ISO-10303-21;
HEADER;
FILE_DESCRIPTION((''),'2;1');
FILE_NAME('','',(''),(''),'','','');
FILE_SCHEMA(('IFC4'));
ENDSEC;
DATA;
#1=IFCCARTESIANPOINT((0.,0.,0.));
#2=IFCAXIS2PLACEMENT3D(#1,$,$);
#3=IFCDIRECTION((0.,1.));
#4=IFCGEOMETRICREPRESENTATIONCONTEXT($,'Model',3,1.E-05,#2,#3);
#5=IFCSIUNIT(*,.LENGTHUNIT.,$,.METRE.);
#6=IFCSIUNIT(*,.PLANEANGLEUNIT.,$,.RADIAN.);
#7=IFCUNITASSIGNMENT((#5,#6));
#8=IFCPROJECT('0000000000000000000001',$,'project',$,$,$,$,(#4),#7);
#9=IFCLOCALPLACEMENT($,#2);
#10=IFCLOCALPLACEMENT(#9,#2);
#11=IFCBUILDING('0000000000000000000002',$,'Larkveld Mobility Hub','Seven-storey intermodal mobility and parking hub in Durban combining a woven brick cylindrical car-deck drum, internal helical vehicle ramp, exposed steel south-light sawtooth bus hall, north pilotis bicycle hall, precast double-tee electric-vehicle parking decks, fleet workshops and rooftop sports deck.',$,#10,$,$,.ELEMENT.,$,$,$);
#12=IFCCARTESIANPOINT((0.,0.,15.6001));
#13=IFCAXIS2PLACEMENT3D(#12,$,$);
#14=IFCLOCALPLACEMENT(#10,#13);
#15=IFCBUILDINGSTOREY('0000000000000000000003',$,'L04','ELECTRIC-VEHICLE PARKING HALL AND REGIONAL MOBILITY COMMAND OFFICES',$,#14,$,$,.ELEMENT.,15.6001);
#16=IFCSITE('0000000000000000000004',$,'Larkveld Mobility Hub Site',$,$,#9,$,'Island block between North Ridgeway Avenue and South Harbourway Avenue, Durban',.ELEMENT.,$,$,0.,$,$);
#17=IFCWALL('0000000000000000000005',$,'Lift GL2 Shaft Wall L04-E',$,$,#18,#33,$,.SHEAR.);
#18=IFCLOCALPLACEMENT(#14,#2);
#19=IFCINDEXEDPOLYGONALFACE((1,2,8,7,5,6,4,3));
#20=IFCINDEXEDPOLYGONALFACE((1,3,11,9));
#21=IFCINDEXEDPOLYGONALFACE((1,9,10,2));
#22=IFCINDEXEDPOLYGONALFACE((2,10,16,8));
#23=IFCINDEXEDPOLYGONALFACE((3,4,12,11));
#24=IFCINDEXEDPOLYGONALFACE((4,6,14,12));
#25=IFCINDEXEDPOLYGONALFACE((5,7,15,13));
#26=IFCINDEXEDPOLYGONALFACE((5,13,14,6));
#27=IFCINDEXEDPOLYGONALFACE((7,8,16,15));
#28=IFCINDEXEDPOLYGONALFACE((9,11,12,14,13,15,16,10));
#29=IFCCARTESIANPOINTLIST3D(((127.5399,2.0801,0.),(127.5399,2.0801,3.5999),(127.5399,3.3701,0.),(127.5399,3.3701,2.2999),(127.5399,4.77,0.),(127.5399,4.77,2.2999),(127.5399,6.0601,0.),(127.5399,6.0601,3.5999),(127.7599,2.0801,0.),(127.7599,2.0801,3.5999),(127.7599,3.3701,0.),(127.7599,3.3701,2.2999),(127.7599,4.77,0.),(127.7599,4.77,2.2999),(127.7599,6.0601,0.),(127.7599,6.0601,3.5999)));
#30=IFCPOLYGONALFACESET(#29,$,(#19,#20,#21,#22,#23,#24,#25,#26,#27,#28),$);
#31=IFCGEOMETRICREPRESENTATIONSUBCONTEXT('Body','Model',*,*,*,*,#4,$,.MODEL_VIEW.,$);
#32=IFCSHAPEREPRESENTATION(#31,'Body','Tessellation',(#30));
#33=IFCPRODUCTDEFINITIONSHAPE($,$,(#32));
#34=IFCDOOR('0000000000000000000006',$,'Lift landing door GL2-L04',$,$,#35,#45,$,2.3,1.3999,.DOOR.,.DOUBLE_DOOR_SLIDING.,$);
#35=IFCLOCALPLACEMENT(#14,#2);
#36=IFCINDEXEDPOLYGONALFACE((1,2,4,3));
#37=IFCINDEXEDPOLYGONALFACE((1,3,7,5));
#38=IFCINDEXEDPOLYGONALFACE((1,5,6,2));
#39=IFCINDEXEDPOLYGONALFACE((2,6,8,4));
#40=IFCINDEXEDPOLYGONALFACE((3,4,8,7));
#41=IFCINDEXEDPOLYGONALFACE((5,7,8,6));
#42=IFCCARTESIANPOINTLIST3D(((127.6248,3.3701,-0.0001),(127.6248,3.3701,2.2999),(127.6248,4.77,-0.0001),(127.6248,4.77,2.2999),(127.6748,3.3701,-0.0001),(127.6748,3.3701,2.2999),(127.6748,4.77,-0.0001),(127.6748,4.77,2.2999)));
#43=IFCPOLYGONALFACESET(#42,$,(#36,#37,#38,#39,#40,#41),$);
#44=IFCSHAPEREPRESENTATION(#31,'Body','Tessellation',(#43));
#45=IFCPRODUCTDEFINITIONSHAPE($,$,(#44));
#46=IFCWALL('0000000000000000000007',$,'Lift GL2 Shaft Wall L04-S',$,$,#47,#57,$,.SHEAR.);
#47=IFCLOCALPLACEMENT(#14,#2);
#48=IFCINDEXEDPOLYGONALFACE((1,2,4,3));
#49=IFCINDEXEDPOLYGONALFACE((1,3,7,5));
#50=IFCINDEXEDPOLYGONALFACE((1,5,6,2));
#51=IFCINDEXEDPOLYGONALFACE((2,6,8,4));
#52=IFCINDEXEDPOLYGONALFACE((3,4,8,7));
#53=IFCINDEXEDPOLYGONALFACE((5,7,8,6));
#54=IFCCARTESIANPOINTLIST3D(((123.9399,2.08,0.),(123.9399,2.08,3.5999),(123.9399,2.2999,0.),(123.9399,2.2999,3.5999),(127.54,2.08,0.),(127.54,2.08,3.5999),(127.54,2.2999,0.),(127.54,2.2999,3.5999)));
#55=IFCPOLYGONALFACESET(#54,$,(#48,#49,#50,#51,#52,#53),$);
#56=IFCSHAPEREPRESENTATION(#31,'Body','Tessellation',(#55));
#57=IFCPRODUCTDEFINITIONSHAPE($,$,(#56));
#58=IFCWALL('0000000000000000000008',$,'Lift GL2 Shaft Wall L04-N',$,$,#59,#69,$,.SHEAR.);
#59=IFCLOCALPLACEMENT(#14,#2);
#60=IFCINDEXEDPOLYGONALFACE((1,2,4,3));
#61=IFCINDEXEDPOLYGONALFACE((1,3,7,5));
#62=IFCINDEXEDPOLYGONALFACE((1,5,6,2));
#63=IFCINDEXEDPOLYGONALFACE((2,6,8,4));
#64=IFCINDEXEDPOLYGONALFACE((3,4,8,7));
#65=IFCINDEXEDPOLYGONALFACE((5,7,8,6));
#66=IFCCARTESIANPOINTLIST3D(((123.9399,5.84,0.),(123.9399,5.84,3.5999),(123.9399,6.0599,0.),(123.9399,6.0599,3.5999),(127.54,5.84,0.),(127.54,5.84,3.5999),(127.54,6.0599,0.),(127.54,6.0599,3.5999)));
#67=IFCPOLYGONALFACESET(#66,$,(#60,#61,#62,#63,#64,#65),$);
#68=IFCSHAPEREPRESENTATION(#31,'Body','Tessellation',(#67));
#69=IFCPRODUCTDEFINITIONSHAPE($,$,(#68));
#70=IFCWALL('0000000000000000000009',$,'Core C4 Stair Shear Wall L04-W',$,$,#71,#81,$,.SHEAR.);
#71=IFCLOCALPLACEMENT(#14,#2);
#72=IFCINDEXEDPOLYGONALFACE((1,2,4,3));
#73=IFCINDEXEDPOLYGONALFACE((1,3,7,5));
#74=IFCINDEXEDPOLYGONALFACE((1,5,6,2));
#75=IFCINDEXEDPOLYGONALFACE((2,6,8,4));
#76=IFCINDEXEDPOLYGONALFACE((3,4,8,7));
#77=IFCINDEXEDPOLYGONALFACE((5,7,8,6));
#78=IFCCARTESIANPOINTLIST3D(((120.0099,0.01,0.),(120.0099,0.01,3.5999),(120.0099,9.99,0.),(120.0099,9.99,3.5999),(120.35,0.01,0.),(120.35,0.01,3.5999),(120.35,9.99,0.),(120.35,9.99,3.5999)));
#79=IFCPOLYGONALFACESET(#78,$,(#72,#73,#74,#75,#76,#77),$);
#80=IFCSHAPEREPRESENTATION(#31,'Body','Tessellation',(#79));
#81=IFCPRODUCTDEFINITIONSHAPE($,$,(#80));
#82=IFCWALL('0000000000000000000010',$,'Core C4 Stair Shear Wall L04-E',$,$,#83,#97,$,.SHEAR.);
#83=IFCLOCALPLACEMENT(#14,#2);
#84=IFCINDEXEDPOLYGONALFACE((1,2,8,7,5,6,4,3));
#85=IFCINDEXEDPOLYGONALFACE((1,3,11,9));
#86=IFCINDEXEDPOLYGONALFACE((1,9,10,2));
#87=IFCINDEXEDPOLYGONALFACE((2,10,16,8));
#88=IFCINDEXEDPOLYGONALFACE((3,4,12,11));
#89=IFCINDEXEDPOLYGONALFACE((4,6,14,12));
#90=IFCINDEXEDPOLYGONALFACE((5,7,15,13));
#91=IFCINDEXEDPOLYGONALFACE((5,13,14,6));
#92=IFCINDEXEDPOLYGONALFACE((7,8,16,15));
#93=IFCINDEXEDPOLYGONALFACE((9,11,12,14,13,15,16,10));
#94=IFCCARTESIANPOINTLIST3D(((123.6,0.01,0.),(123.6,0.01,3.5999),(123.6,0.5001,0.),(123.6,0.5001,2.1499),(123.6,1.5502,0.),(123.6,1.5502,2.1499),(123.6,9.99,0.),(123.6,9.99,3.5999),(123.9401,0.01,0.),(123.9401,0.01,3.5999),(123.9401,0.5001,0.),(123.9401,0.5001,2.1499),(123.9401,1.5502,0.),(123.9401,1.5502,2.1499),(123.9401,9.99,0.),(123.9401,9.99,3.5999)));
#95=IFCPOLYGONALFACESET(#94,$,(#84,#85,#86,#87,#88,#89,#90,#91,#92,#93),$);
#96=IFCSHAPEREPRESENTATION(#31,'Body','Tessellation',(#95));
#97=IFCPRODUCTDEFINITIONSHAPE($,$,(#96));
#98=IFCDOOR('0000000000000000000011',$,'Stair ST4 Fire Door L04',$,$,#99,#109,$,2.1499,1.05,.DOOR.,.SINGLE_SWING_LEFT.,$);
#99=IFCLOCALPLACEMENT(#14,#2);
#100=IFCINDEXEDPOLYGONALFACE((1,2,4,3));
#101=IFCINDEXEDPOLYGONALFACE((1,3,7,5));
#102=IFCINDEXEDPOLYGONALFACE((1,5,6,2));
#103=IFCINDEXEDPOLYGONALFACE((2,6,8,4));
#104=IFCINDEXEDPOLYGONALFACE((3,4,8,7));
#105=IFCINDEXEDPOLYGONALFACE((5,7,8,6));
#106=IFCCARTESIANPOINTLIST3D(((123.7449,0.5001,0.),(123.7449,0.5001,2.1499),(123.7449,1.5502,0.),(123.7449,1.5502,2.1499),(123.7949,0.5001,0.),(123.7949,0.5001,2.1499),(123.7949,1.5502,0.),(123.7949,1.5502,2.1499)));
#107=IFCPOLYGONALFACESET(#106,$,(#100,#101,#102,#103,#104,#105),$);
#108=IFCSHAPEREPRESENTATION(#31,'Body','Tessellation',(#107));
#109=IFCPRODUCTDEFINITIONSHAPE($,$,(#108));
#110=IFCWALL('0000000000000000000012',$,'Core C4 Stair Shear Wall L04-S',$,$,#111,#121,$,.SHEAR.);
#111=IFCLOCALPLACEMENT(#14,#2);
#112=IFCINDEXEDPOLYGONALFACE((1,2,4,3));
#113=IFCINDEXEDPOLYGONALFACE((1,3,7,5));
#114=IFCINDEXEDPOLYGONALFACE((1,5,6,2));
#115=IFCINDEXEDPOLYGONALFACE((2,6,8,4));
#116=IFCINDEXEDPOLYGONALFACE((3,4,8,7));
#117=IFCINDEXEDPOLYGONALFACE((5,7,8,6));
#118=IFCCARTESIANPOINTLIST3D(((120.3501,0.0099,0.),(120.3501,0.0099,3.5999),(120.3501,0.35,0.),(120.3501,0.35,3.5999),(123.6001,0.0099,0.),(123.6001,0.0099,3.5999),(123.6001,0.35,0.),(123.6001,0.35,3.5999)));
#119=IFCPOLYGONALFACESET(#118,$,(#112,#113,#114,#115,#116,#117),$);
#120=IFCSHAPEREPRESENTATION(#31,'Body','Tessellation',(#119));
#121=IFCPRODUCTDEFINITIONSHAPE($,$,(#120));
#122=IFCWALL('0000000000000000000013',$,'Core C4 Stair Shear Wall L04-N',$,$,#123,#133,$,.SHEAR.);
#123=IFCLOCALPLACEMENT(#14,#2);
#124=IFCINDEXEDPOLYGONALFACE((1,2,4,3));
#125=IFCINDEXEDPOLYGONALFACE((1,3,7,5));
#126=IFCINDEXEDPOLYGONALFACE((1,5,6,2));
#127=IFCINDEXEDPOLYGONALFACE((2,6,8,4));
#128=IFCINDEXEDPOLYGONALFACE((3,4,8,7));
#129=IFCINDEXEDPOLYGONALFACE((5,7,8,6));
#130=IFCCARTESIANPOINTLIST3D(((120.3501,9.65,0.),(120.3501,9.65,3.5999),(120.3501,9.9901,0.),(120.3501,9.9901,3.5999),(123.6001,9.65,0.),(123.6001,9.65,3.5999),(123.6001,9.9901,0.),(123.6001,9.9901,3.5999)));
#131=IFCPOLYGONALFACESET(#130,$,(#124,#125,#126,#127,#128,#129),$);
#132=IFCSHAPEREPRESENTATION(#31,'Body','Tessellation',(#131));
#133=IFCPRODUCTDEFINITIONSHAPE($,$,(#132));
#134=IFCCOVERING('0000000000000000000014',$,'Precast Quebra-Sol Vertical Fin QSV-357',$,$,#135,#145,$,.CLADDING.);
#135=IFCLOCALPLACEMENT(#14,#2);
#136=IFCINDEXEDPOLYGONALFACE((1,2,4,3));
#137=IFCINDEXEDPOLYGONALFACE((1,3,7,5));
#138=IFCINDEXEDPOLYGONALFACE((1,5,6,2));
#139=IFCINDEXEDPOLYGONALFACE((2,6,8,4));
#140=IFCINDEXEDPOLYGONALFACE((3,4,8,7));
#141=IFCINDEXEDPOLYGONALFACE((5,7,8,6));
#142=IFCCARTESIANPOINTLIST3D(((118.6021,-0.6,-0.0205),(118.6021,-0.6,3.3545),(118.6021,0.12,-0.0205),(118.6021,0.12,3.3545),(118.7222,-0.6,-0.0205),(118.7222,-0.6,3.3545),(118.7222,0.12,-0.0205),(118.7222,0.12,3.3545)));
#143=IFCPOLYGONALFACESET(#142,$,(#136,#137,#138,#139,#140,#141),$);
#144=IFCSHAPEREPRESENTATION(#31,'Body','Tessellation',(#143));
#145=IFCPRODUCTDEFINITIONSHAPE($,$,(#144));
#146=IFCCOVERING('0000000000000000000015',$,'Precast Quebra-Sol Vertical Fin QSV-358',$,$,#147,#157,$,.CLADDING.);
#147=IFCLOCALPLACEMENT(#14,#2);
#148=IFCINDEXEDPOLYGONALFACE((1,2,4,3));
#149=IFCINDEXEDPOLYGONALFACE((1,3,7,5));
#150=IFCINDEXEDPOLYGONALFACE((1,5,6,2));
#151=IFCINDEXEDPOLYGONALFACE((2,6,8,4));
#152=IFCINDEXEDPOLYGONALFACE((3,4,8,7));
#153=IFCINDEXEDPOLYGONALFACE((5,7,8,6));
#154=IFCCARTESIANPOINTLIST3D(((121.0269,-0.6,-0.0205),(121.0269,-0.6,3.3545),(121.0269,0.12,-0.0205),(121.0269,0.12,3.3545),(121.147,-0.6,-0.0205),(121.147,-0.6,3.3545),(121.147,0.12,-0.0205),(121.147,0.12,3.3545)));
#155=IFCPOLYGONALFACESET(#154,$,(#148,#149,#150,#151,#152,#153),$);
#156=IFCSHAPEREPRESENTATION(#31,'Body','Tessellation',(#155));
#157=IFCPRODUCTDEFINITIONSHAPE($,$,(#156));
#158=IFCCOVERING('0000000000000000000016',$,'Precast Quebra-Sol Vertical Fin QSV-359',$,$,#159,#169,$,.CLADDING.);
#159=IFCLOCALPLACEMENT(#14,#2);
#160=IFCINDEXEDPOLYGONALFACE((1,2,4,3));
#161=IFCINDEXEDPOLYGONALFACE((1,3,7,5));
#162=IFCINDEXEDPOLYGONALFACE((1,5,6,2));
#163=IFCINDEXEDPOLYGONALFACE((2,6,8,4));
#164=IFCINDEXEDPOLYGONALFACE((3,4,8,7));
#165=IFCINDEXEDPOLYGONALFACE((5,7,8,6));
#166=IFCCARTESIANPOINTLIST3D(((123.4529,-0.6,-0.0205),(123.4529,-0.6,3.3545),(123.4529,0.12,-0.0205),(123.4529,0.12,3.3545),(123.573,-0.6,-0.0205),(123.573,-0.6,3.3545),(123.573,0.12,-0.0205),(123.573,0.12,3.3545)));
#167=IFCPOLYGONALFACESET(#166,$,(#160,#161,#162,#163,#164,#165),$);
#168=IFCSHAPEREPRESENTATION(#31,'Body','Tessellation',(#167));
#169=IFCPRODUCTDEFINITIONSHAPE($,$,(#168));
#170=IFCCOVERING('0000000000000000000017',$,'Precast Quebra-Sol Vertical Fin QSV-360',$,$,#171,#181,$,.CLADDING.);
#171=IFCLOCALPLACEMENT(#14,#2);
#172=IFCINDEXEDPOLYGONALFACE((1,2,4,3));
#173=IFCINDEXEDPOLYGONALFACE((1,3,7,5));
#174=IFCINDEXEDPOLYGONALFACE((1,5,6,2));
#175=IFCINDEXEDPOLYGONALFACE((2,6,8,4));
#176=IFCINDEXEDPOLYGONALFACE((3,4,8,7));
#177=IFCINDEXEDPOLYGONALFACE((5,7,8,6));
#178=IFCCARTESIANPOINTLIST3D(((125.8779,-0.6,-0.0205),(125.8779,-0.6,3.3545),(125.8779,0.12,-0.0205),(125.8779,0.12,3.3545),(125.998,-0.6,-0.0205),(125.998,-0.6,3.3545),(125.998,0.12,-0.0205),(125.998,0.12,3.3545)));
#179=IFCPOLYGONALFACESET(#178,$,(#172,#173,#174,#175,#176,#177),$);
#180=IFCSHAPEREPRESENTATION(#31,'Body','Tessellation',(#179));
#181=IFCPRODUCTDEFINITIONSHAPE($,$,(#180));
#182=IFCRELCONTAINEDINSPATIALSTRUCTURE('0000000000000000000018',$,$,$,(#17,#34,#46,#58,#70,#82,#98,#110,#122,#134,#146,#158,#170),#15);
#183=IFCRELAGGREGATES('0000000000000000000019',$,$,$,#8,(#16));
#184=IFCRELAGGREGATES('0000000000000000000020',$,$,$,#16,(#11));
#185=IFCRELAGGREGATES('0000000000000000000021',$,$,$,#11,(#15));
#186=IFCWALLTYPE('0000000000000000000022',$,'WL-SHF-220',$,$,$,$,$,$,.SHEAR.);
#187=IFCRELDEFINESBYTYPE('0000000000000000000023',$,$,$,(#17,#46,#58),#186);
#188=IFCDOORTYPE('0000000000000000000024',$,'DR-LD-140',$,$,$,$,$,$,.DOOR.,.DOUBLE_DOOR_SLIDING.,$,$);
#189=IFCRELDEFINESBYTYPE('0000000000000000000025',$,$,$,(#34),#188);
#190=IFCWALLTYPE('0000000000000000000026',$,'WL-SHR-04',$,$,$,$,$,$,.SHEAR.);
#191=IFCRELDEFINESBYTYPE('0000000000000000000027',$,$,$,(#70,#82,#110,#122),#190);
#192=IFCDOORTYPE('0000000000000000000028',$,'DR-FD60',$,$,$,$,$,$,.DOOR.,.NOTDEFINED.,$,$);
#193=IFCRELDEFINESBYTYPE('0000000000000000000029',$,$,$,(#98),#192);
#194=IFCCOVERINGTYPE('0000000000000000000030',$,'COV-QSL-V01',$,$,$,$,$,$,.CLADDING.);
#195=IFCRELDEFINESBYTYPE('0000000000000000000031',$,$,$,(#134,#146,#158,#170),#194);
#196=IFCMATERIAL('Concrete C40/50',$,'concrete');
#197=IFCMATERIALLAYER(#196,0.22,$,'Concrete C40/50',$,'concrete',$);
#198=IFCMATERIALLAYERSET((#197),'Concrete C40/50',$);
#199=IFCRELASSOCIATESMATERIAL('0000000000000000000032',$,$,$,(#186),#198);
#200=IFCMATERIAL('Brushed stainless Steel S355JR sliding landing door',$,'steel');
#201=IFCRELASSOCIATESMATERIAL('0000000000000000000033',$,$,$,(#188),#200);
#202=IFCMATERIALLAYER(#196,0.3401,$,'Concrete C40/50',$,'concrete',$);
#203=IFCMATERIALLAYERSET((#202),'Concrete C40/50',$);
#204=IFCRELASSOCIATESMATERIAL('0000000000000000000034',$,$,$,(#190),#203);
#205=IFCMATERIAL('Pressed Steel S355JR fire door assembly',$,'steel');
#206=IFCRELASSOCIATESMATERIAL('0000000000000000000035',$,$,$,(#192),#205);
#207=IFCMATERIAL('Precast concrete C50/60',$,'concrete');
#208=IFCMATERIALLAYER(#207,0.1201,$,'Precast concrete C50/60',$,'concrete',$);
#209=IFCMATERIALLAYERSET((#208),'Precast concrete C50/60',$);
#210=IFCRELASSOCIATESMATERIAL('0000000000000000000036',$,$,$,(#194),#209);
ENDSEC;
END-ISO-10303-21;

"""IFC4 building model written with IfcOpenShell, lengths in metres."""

from ifc_helpers import new_model, si_unit, direction, frame, frame_2d, origin, origin_2d, place, context, subcontext, project, spatial, rectangle, extrude, material, layer, layer_set, type_object, element, fill, save


model = new_model("IFC4")

# Units and contexts
model_context = context("Model", 3, precision=1e-05, world=origin(), true_north=direction((0.0, 1.0)))
body_context = subcontext(model_context, "Body", "Model", "MODEL_VIEW")
ifc_project = project(units=[si_unit("LENGTHUNIT", "METRE"), si_unit("PLANEANGLEUNIT", "RADIAN")], contexts=[model_context])

# Site, building, storey
site_placement = place(None, origin())
site = spatial("IfcSite", under=ifc_project, at=site_placement, Name="Larkveld Mobility Hub Site", LongName="Island block between North Ridgeway Avenue and South Harbourway Avenue, Durban", CompositionType="ELEMENT", RefElevation=0.0)
building_placement = place(site_placement, origin())
building = spatial("IfcBuilding", under=site, at=building_placement, Name="Larkveld Mobility Hub", Description="Seven-storey intermodal mobility and parking hub in Durban combining a woven brick cylindrical car-deck drum, internal helical vehicle ramp, exposed steel south-light sawtooth bus hall, north pilotis bicycle hall, precast double-tee electric-vehicle parking decks, fleet workshops and rooftop sports deck.", CompositionType="ELEMENT")
storey_placement = place(building_placement, frame((0.0, 0.0, 15.6001)))
storey = spatial("IfcBuildingStorey", under=building, at=storey_placement, Name="L04", Description="ELECTRIC-VEHICLE PARKING HALL AND REGIONAL MOBILITY COMMAND OFFICES", CompositionType="ELEMENT", Elevation=15.6001)

# Shared definitions
ifc_material_1 = material(Name="Concrete C40/50", Category="concrete")

# Shared definitions
ifc_material_2 = material(Name="Precast concrete C50/60", Category="concrete")

# Shared definitions
ifc_layer_1 = layer(ifc_material_1, 0.22, Name="Concrete C40/50", Category="concrete")
ifc_layer_set_1 = layer_set([ifc_layer_1], Name="Concrete C40/50")
wall_type_1 = type_object("IfcWallType", Name="WL-SHF-220", PredefinedType="SHEAR", material=ifc_layer_set_1)

# Wall, opening, door
wall_1_placement = place(storey_placement, frame((127.6499, 6.0601, 0.0), z_axis=(0.0, 0.0, 1.0), x_axis=(0.0, -1.0, 0.0)))
wall_1 = element("IfcWall", 1, at=wall_1_placement, inside=storey, type_object=wall_type_1, Name="Lift GL2 Shaft Wall L04-E", PredefinedType="SHEAR", context=body_context, shape_type="SweptSolid", body=[
    extrude(rectangle(XDim=3.98, YDim=0.22, at=frame_2d((1.99, 0.0))), origin(), (0.0, 0.0, 1.0), 3.5999),
])
opening_1_placement = place(wall_1_placement, frame((1.29, 0.0, 0.0)))
opening_1 = element("IfcOpeningElement", 2, at=opening_1_placement, cuts=wall_1, PredefinedType="OPENING", context=body_context, shape_type="SweptSolid", body=[
    extrude(rectangle(XDim=1.3999, YDim=2.3, at=frame_2d((0.7, 1.1499))), frame((0.0, 0.1201, 0.0), z_axis=(0.0, -1.0, 0.0), x_axis=(1.0, 0.0, 0.0)), (0.0, 0.0, 1.0), 0.24),
])
ifc_material_3 = material(Name="Brushed stainless Steel S355JR sliding landing door", Category="steel")
door_type_1 = type_object("IfcDoorType", Name="DR-LD-140", OperationType="DOUBLE_DOOR_SLIDING", PredefinedType="DOOR", material=ifc_material_3)
door_1_placement = place(opening_1_placement, origin())
door_1 = element("IfcDoor", 3, at=door_1_placement, inside=storey, type_object=door_type_1, Name="Lift landing door GL2-L04", OperationType="DOUBLE_DOOR_SLIDING", OverallHeight=2.3, OverallWidth=1.3999, PredefinedType="DOOR", context=body_context, shape_type="SweptSolid", body=[
    extrude(rectangle(XDim=1.3999, YDim=2.3, at=frame_2d((0.7, 1.1499))), frame((0.0, 0.0249, 0.0), z_axis=(0.0, -1.0, 0.0), x_axis=(1.0, 0.0, 0.0)), (0.0, 0.0, 1.0), 0.05),
])
fill(opening_1, door_1)

# Walls
for number, where, z_axis, x_axis, name in (
    (4, (127.54, 2.1899, 0.0), (0.0, 0.0, 1.0), (-1.0, 0.0, 0.0), "Lift GL2 Shaft Wall L04-S"),
    (5, (123.9399, 5.95, 0.0), (0.0, 0.0, 1.0), (1.0, 0.0, 0.0), "Lift GL2 Shaft Wall L04-N"),
):
    element("IfcWall", number, at=place(storey_placement, frame(where, z_axis=z_axis, x_axis=x_axis)), inside=storey, type_object=wall_type_1, Name=name, PredefinedType="SHEAR", context=body_context, shape_type="SweptSolid", body=[
        extrude(rectangle(XDim=3.6001, YDim=0.22, at=frame_2d((1.8, 0.0))), origin(), (0.0, 0.0, 1.0), 3.5999),
    ])
ifc_layer_2 = layer(ifc_material_1, 0.3401, Name="Concrete C40/50", Category="concrete")
ifc_layer_set_2 = layer_set([ifc_layer_2], Name="Concrete C40/50")
wall_type_2 = type_object("IfcWallType", Name="WL-SHR-04", PredefinedType="SHEAR", material=ifc_layer_set_2)
wall_2_placement = place(storey_placement, frame((120.1799, 0.01, 0.0), z_axis=(0.0, 0.0, 1.0), x_axis=(0.0, 1.0, 0.0)))
element("IfcWall", 6, at=wall_2_placement, inside=storey, type_object=wall_type_2, Name="Core C4 Stair Shear Wall L04-W", PredefinedType="SHEAR", context=body_context, shape_type="SweptSolid", body=[
    extrude(rectangle(XDim=9.98, YDim=0.3401, at=frame_2d((4.99, 0.0))), origin(), (0.0, 0.0, 1.0), 3.5999),
])

# Wall, opening, door
wall_3_placement = place(storey_placement, frame((123.77, 9.99, 0.0), z_axis=(0.0, 0.0, 1.0), x_axis=(0.0, -1.0, 0.0)))
wall_3 = element("IfcWall", 7, at=wall_3_placement, inside=storey, type_object=wall_type_2, Name="Core C4 Stair Shear Wall L04-E", PredefinedType="SHEAR", context=body_context, shape_type="SweptSolid", body=[
    extrude(rectangle(XDim=9.98, YDim=0.3401, at=frame_2d((4.99, 0.0))), origin(), (0.0, 0.0, 1.0), 3.5999),
])
opening_2_placement = place(wall_3_placement, frame((8.4399, 0.0, 0.0)))
opening_2 = element("IfcOpeningElement", 8, at=opening_2_placement, cuts=wall_3, PredefinedType="OPENING", context=body_context, shape_type="SweptSolid", body=[
    extrude(rectangle(XDim=1.05, YDim=2.1499, at=frame_2d((0.5249, 1.075))), frame((0.0, 0.1802, 0.0), z_axis=(0.0, -1.0, 0.0), x_axis=(1.0, 0.0, 0.0)), (0.0, 0.0, 1.0), 0.3601),
])
ifc_material_4 = material(Name="Pressed Steel S355JR fire door assembly", Category="steel")
door_type_2 = type_object("IfcDoorType", Name="DR-FD60", OperationType="NOTDEFINED", PredefinedType="DOOR", material=ifc_material_4)
door_2_placement = place(opening_2_placement, origin())
door_2 = element("IfcDoor", 9, at=door_2_placement, inside=storey, type_object=door_type_2, Name="Stair ST4 Fire Door L04", OperationType="SINGLE_SWING_LEFT", OverallHeight=2.1499, OverallWidth=1.05, PredefinedType="DOOR", context=body_context, shape_type="SweptSolid", body=[
    extrude(rectangle(XDim=1.05, YDim=2.1499, at=frame_2d((0.5249, 1.075))), frame((0.0, 0.0249, 0.0), z_axis=(0.0, -1.0, 0.0), x_axis=(1.0, 0.0, 0.0)), (0.0, 0.0, 1.0), 0.05),
])
fill(opening_2, door_2)

# Walls
for number, where, z_axis, x_axis, name in (
    (10, (123.6001, 0.1799, 0.0), (0.0, 0.0, 1.0), (-1.0, 0.0, 0.0), "Core C4 Stair Shear Wall L04-S"),
    (11, (120.3501, 9.8201, 0.0), (0.0, 0.0, 1.0), (1.0, 0.0, 0.0), "Core C4 Stair Shear Wall L04-N"),
):
    element("IfcWall", number, at=place(storey_placement, frame(where, z_axis=z_axis, x_axis=x_axis)), inside=storey, type_object=wall_type_2, Name=name, PredefinedType="SHEAR", context=body_context, shape_type="SweptSolid", body=[
        extrude(rectangle(XDim=3.25, YDim=0.3401, at=frame_2d((1.625, 0.0))), origin(), (0.0, 0.0, 1.0), 3.5999),
    ])

# Coverings
ifc_layer_3 = layer(ifc_material_2, 0.1201, Name="Precast concrete C50/60", Category="concrete")
ifc_layer_set_3 = layer_set([ifc_layer_3], Name="Precast concrete C50/60")
covering_type = type_object("IfcCoveringType", Name="COV-QSL-V01", PredefinedType="CLADDING", material=ifc_layer_set_3)
for number, where, z_axis, x_axis, name in (
    (12, (118.6621, -0.24, -0.0205), (0.0, 0.0, 1.0), (1.0, 0.0, 0.0), "Precast Quebra-Sol Vertical Fin QSV-357"),
    (13, (121.0869, -0.24, -0.0205), (0.0, 0.0, 1.0), (1.0, 0.0, 0.0), "Precast Quebra-Sol Vertical Fin QSV-358"),
    (14, (123.5129, -0.24, -0.0205), (0.0, 0.0, 1.0), (1.0, 0.0, 0.0), "Precast Quebra-Sol Vertical Fin QSV-359"),
    (15, (125.938, -0.24, -0.0205), (0.0, 0.0, 1.0), (1.0, 0.0, 0.0), "Precast Quebra-Sol Vertical Fin QSV-360"),
):
    element("IfcCovering", number, at=place(storey_placement, frame(where, z_axis=z_axis, x_axis=x_axis)), inside=storey, type_object=covering_type, Name=name, PredefinedType="CLADDING", context=body_context, shape_type="SweptSolid", body=[
        extrude(rectangle(XDim=0.1201, YDim=0.72, at=origin_2d()), origin(), (0.0, 0.0, 1.0), 3.375),
    ])

save(model, "model.ifc")
